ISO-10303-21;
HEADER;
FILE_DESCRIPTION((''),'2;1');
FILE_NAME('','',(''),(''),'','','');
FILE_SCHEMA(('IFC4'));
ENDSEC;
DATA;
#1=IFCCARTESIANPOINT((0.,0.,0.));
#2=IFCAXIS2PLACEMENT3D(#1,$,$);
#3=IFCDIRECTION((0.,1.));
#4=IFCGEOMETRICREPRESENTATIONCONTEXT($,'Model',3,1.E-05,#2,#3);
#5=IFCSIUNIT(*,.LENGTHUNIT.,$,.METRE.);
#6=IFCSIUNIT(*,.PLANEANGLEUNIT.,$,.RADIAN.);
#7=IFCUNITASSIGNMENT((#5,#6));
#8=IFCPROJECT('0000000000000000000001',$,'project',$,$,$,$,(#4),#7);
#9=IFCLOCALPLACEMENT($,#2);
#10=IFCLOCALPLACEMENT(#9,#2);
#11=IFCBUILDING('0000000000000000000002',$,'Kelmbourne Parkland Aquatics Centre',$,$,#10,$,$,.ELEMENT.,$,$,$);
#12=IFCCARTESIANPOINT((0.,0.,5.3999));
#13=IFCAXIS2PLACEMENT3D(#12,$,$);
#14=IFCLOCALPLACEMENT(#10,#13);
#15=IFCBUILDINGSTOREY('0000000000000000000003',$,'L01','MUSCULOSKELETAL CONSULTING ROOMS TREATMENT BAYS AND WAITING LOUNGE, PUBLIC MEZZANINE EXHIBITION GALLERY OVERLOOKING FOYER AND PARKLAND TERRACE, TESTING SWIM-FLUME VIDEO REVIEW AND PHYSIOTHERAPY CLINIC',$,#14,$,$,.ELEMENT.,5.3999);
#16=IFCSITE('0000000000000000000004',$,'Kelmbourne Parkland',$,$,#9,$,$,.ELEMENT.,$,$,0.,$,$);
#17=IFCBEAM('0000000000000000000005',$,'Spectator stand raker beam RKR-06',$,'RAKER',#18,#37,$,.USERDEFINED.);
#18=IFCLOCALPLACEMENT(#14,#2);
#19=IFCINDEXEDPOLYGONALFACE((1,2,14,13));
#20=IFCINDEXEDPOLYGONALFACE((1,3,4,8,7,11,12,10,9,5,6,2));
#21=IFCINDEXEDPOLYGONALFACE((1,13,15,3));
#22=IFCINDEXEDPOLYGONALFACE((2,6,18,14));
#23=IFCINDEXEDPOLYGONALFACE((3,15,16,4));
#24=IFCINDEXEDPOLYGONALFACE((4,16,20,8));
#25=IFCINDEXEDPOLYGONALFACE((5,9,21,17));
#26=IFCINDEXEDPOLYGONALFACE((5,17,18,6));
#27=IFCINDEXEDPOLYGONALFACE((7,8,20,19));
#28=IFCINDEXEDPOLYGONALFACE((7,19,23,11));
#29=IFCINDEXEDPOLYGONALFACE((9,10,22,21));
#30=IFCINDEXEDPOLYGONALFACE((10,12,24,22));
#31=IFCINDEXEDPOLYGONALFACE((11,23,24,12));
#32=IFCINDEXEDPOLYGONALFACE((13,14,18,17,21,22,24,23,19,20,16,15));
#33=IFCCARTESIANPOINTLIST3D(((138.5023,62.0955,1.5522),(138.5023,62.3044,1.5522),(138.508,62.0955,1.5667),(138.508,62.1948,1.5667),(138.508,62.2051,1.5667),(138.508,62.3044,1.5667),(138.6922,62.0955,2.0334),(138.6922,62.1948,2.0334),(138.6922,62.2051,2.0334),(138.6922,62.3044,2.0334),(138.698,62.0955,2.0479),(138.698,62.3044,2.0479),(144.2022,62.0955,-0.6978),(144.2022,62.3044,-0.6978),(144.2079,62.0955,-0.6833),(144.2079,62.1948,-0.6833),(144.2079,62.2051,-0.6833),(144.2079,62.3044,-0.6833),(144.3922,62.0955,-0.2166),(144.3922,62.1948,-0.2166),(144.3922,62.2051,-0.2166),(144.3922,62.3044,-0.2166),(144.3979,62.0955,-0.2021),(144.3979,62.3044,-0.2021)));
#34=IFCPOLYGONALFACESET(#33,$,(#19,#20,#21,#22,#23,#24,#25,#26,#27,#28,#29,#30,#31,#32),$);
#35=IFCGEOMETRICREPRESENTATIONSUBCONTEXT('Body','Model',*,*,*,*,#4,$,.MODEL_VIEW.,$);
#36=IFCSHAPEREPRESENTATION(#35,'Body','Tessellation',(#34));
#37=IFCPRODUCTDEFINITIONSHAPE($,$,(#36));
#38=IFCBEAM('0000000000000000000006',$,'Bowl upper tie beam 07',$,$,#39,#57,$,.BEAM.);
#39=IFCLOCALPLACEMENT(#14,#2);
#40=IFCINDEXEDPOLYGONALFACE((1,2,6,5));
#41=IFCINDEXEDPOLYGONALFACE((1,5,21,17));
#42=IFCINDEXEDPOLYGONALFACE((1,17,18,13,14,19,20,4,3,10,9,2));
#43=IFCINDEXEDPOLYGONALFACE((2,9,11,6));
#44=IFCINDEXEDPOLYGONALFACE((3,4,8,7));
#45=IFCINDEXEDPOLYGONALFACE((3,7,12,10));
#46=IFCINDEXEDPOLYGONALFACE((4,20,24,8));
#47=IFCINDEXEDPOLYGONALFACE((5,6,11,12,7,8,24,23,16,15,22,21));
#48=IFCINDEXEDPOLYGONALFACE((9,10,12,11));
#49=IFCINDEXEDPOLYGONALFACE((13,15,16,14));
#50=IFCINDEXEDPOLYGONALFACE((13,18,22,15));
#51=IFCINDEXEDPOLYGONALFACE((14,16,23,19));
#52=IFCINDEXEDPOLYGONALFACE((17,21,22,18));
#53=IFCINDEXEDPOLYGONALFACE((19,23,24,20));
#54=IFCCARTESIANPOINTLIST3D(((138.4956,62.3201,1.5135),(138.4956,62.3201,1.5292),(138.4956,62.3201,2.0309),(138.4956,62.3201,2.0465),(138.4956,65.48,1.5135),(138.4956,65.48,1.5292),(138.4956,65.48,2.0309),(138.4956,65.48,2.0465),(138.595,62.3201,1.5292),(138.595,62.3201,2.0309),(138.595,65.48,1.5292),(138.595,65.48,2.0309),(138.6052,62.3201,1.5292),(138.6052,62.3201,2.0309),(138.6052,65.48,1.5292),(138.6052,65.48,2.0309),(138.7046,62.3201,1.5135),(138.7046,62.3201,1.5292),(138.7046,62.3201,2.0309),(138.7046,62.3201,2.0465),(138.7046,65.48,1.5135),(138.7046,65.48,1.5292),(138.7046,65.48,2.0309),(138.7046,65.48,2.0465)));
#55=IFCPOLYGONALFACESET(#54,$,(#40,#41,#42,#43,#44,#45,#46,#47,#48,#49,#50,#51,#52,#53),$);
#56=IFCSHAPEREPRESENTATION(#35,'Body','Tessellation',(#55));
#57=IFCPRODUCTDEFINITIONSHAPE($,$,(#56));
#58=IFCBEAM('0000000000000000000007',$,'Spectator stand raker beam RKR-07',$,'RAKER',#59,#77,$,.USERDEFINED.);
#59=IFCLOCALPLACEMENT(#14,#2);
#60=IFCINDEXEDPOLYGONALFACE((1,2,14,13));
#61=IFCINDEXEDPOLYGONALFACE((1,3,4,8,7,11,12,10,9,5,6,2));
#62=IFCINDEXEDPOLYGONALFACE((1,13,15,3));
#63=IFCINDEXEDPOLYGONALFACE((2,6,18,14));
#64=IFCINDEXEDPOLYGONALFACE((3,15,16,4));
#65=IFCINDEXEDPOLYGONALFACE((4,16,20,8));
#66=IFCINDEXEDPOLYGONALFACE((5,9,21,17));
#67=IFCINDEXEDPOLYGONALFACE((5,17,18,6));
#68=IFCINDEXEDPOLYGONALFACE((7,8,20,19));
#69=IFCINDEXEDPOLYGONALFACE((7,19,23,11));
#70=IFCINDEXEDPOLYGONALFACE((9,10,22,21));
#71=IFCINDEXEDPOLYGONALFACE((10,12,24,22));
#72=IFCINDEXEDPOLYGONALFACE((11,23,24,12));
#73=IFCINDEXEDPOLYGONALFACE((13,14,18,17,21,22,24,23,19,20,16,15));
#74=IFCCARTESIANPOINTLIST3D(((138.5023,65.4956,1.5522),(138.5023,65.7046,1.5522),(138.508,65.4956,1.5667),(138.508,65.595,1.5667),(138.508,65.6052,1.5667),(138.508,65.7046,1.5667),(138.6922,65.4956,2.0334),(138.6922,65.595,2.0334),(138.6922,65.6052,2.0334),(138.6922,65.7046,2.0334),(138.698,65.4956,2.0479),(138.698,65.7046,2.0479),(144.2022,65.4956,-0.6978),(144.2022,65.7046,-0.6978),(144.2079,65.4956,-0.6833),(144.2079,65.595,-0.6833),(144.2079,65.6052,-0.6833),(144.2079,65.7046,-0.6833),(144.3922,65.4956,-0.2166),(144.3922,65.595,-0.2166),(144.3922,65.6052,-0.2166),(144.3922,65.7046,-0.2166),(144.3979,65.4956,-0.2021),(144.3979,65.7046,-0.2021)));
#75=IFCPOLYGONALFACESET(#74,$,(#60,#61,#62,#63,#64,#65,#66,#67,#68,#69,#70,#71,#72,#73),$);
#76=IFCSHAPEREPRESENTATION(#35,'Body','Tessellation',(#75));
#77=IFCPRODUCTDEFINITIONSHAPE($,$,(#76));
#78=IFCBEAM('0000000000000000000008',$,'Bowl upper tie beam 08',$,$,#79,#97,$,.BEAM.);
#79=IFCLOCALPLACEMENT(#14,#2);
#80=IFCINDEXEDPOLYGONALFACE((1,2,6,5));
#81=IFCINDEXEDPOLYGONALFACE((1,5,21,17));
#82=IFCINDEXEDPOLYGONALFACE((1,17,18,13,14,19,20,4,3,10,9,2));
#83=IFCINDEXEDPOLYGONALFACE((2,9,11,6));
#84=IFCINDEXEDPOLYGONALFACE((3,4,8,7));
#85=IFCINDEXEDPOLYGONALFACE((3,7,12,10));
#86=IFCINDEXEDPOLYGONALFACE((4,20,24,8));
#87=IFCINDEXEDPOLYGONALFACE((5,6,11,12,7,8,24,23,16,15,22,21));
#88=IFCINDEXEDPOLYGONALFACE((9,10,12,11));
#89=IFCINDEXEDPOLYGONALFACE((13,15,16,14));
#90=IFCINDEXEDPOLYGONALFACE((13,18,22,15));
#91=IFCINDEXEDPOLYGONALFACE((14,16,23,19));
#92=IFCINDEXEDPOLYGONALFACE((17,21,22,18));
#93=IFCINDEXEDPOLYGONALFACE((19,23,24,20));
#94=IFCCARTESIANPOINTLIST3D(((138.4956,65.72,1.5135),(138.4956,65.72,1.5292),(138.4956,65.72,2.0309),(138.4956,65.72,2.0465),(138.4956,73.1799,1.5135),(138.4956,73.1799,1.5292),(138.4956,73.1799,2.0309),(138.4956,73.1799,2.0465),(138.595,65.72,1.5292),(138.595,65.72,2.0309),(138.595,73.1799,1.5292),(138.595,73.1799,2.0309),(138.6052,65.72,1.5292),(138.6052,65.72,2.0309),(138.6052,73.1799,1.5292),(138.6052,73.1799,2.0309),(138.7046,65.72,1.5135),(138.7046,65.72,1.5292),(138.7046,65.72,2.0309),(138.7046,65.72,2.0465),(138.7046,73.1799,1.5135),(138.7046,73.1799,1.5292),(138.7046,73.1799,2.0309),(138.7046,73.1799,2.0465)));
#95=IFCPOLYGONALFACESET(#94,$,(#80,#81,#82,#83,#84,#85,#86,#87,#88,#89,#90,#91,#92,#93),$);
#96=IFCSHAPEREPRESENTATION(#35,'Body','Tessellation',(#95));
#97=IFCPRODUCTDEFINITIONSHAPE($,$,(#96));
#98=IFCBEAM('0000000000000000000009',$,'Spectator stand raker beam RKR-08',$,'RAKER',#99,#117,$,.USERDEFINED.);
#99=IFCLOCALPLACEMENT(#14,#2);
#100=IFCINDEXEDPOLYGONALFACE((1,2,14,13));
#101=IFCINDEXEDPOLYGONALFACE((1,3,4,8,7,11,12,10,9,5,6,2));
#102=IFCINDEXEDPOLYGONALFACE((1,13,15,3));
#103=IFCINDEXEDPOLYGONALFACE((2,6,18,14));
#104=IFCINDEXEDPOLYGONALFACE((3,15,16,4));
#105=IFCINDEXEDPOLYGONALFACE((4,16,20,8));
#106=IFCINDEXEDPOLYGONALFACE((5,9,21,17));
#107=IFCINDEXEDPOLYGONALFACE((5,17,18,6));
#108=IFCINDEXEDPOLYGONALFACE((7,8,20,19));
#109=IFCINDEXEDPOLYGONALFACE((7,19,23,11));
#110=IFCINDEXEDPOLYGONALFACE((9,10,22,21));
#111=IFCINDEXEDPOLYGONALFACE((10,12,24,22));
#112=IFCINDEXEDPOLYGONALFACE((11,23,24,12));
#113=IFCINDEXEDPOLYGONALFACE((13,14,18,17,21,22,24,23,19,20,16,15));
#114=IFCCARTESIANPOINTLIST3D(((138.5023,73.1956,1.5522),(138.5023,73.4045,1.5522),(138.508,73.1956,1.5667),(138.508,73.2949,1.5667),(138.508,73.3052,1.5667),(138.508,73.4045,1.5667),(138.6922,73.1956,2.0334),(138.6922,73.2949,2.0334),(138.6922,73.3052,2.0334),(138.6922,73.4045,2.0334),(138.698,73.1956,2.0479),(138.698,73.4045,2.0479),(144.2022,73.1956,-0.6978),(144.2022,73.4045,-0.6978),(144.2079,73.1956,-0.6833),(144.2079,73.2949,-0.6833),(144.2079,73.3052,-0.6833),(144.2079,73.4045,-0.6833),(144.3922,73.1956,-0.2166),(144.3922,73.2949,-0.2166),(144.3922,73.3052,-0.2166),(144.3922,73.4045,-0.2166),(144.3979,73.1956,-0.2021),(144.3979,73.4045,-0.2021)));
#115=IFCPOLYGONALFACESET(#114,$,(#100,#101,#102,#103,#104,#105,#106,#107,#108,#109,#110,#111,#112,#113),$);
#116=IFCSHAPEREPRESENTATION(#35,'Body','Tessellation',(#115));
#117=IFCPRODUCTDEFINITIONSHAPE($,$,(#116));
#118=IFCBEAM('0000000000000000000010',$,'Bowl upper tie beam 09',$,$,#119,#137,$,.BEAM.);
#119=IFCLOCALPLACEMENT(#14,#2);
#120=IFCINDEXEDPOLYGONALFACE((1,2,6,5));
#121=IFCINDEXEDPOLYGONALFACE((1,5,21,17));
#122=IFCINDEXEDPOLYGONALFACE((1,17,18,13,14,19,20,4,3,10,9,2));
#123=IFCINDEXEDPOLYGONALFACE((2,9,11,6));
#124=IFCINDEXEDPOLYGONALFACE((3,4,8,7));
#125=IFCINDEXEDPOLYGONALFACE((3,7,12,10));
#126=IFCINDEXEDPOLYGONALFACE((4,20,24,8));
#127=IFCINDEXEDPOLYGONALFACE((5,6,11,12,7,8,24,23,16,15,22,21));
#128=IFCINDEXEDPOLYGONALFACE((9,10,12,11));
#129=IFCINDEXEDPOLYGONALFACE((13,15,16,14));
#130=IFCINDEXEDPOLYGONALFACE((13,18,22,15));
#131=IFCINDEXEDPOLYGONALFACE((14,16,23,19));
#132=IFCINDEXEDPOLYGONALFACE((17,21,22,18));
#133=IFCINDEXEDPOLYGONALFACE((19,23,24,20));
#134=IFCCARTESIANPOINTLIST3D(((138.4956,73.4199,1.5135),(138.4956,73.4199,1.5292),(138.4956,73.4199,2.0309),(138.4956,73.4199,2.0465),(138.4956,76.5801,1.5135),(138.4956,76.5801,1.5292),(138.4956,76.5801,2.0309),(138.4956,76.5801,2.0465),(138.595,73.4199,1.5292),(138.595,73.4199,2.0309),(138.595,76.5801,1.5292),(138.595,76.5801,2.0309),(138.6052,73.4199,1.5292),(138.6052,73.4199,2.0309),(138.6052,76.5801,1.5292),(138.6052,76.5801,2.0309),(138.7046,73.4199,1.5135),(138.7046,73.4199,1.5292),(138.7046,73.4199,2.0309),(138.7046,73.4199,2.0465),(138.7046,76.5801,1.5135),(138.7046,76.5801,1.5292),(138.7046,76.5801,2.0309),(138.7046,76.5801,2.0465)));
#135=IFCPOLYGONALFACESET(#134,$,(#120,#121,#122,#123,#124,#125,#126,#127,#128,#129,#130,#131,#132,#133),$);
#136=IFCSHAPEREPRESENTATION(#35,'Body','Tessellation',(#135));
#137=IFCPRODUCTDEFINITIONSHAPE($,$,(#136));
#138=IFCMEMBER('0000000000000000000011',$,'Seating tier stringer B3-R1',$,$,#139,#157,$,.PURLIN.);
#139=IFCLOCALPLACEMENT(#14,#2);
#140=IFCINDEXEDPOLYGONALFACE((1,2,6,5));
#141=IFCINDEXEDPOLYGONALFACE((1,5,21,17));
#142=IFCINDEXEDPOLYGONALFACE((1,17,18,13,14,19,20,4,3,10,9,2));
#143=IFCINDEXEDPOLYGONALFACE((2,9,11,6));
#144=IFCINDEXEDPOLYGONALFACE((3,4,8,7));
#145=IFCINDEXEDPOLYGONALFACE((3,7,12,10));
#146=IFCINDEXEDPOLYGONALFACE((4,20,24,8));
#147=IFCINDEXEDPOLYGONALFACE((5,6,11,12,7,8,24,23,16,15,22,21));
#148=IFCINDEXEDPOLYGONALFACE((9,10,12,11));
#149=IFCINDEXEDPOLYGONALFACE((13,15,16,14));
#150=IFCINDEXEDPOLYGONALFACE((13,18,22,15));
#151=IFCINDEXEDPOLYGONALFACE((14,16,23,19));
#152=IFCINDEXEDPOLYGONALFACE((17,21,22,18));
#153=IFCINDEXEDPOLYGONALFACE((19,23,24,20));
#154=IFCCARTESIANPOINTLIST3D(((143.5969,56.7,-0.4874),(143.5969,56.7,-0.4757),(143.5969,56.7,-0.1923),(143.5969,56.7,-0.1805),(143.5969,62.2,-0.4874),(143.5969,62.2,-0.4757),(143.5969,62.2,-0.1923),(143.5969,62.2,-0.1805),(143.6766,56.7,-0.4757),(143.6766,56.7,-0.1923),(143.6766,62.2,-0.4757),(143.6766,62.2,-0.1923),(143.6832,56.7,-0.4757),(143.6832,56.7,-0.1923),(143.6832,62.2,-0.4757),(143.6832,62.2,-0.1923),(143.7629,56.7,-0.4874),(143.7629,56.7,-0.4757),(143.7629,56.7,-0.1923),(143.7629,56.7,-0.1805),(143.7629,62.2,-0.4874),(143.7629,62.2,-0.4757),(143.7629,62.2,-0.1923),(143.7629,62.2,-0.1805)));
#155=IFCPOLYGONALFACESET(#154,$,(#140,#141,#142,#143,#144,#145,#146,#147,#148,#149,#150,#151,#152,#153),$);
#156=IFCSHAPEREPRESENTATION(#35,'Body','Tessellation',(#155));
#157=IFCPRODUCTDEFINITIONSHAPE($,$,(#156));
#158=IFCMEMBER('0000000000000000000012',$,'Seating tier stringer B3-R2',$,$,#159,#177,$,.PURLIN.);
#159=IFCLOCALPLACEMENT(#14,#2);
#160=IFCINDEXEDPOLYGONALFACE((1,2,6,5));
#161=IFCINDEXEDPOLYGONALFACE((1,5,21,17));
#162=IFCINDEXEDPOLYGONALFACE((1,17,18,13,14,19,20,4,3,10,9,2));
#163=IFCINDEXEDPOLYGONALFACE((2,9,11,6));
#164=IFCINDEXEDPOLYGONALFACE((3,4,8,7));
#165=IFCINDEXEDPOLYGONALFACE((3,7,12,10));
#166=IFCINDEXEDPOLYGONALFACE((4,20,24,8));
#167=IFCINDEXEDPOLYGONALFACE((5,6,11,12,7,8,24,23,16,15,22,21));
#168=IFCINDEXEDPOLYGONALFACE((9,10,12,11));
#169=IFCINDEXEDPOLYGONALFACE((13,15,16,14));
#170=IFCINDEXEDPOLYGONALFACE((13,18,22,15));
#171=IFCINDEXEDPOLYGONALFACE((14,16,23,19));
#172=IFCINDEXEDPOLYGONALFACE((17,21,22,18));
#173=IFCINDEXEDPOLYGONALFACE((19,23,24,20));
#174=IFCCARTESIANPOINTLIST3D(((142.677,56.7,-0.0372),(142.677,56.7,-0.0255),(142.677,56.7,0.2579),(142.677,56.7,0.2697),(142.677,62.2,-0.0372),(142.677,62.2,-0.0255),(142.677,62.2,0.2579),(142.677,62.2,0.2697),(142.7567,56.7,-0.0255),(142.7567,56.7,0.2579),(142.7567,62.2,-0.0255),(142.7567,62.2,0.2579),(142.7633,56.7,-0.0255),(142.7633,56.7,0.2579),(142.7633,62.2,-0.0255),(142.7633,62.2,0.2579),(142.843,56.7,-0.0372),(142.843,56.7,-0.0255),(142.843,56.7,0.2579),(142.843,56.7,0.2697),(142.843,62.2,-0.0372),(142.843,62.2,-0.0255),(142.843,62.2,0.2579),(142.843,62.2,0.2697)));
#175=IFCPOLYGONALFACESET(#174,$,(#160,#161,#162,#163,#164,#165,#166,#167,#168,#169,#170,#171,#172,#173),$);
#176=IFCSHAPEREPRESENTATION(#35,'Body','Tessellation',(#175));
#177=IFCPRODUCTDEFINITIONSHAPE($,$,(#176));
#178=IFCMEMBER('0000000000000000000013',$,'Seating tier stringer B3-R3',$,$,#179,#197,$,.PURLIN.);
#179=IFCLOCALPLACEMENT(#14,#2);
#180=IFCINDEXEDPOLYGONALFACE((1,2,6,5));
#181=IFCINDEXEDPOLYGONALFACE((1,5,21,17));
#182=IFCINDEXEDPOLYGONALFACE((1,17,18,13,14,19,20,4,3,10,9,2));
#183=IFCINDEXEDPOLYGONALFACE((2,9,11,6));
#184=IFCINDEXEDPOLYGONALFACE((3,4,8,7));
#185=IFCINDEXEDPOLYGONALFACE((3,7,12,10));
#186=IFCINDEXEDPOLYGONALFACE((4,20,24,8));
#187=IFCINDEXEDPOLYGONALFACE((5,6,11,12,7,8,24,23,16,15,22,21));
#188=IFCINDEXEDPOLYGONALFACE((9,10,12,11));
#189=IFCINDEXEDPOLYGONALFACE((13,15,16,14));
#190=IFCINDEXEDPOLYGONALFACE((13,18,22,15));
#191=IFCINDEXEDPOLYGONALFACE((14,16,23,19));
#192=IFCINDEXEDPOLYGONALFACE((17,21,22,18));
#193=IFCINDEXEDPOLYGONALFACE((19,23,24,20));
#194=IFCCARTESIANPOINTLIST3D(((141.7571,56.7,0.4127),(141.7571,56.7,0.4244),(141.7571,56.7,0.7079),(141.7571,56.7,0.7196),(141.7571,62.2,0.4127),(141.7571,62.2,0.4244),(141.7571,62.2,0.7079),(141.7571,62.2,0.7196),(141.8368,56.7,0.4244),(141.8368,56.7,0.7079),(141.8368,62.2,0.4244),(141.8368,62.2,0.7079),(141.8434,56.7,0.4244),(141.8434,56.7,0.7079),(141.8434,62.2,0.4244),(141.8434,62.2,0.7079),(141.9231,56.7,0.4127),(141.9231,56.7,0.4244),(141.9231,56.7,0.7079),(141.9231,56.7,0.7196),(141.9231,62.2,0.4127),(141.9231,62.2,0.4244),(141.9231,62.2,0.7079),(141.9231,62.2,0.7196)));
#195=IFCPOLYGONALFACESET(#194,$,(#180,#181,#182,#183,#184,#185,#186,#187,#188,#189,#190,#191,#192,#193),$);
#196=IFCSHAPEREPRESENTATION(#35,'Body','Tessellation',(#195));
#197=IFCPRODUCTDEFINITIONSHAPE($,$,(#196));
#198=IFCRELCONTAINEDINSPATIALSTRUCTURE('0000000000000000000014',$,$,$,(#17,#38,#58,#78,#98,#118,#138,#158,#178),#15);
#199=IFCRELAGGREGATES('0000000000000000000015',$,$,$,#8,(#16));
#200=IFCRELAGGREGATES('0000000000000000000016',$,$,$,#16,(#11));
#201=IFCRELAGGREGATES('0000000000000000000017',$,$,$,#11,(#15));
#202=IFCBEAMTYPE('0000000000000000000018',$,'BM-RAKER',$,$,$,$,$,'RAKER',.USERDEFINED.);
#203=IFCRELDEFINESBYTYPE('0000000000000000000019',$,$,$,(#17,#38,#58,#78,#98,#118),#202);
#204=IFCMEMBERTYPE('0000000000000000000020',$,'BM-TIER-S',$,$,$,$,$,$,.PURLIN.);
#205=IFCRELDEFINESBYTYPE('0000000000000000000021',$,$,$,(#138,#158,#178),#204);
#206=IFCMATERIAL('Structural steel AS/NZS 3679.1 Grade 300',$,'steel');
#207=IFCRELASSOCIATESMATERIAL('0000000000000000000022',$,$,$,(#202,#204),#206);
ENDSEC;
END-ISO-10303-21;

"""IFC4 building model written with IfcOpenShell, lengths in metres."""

from ifc_helpers import new_model, si_unit, direction, frame, origin, origin_2d, place, context, subcontext, project, spatial, i_section, extrude, material, material_profile, profile_set, type_object, element, save


model = new_model("IFC4")

# Units and contexts
model_context = context("Model", 3, precision=1e-05, world=origin(), true_north=direction((0.0, 1.0)))
body_context = subcontext(model_context, "Body", "Model", "MODEL_VIEW")
ifc_project = project(units=[si_unit("LENGTHUNIT", "METRE"), si_unit("PLANEANGLEUNIT", "RADIAN")], contexts=[model_context])

# Site, building, storey
site_placement = place(None, origin())
site = spatial("IfcSite", under=ifc_project, at=site_placement, Name="Kelmbourne Parkland", CompositionType="ELEMENT", RefElevation=0.0)
building_placement = place(site_placement, origin())
building = spatial("IfcBuilding", under=site, at=building_placement, Name="Kelmbourne Parkland Aquatics Centre", CompositionType="ELEMENT")
storey_placement = place(building_placement, frame((0.0, 0.0, 5.3999)))
storey = spatial("IfcBuildingStorey", under=building, at=storey_placement, Name="L01", Description="MUSCULOSKELETAL CONSULTING ROOMS TREATMENT BAYS AND WAITING LOUNGE, PUBLIC MEZZANINE EXHIBITION GALLERY OVERLOOKING FOYER AND PARKLAND TERRACE, TESTING SWIM-FLUME VIDEO REVIEW AND PHYSIOTHERAPY CLINIC", CompositionType="ELEMENT", Elevation=5.3999)

# Shared definitions
ifc_material_1 = material(Name="Structural steel AS/NZS 3679.1 Grade 300", Category="steel")

# Beams
ifc_material_profile_1 = material_profile(ifc_material_1, i_section(OverallWidth=0.209, OverallDepth=0.533, WebThickness=0.0103, FlangeThickness=0.0156, at=origin_2d()), Name="530UB92.4")
ifc_profile_set_1 = profile_set([ifc_material_profile_1], Name="Structural steel AS/NZS 3679.1 Grade 300")
beam_type = type_object("IfcBeamType", Name="BM-RAKER", ElementType="RAKER", PredefinedType="USERDEFINED", material=ifc_profile_set_1)
for number, where, z_axis, x_axis, name in (
    (1, (144.3, 62.2, -0.45), (-0.930154, 0.0, 0.367169), (0.0, -1.0, 0.0), "Spectator stand raker beam RKR-06"),
):
    element("IfcBeam", number, at=place(storey_placement, frame(where, z_axis=z_axis, x_axis=x_axis)), inside=storey, type_object=beam_type, Name=name, ObjectType="RAKER", PredefinedType="USERDEFINED", context=body_context, shape_type="SweptSolid", body=[
        extrude(i_section(OverallWidth=0.209, OverallDepth=0.533, WebThickness=0.0103, FlangeThickness=0.0156, at=origin_2d()), origin(), (0.0, 0.0, 1.0), 6.1279),
    ])
beam_1_placement = place(storey_placement, frame((138.6001, 62.3201, 1.78), z_axis=(0.0, 1.0, 0.0), x_axis=(-1.0, 0.0, 0.0)))
element("IfcBeam", 2, at=beam_1_placement, inside=storey, type_object=beam_type, Name="Bowl upper tie beam 07", PredefinedType="BEAM", context=body_context, shape_type="SweptSolid", body=[
    extrude(i_section(OverallWidth=0.209, OverallDepth=0.533, WebThickness=0.0103, FlangeThickness=0.0156, at=origin_2d()), origin(), (0.0, 0.0, 1.0), 3.1599),
])
beam_2_placement = place(storey_placement, frame((144.3, 65.6001, -0.45), z_axis=(-0.930154, 0.0, 0.367169), x_axis=(0.0, -1.0, 0.0)))
element("IfcBeam", 3, at=beam_2_placement, inside=storey, type_object=beam_type, Name="Spectator stand raker beam RKR-07", ObjectType="RAKER", PredefinedType="USERDEFINED", context=body_context, shape_type="SweptSolid", body=[
    extrude(i_section(OverallWidth=0.209, OverallDepth=0.533, WebThickness=0.0103, FlangeThickness=0.0156, at=origin_2d()), origin(), (0.0, 0.0, 1.0), 6.1279),
])
beam_3_placement = place(storey_placement, frame((138.6001, 65.72, 1.78), z_axis=(0.0, 1.0, 0.0), x_axis=(-1.0, 0.0, 0.0)))
element("IfcBeam", 4, at=beam_3_placement, inside=storey, type_object=beam_type, Name="Bowl upper tie beam 08", PredefinedType="BEAM", context=body_context, shape_type="SweptSolid", body=[
    extrude(i_section(OverallWidth=0.209, OverallDepth=0.533, WebThickness=0.0103, FlangeThickness=0.0156, at=origin_2d()), origin(), (0.0, 0.0, 1.0), 7.46),
])
beam_4_placement = place(storey_placement, frame((144.3, 73.3, -0.45), z_axis=(-0.930154, 0.0, 0.367169), x_axis=(0.0, -1.0, 0.0)))
element("IfcBeam", 5, at=beam_4_placement, inside=storey, type_object=beam_type, Name="Spectator stand raker beam RKR-08", ObjectType="RAKER", PredefinedType="USERDEFINED", context=body_context, shape_type="SweptSolid", body=[
    extrude(i_section(OverallWidth=0.209, OverallDepth=0.533, WebThickness=0.0103, FlangeThickness=0.0156, at=origin_2d()), origin(), (0.0, 0.0, 1.0), 6.1279),
])
beam_5_placement = place(storey_placement, frame((138.6001, 73.4199, 1.78), z_axis=(0.0, 1.0, 0.0), x_axis=(-1.0, 0.0, 0.0)))
element("IfcBeam", 6, at=beam_5_placement, inside=storey, type_object=beam_type, Name="Bowl upper tie beam 09", PredefinedType="BEAM", context=body_context, shape_type="SweptSolid", body=[
    extrude(i_section(OverallWidth=0.209, OverallDepth=0.533, WebThickness=0.0103, FlangeThickness=0.0156, at=origin_2d()), origin(), (0.0, 0.0, 1.0), 3.1602),
])

# Members
ifc_material_profile_2 = material_profile(ifc_material_1, i_section(OverallWidth=0.166, OverallDepth=0.3069, WebThickness=0.0066, FlangeThickness=0.0117, at=origin_2d()), Name="310UB46.2")
ifc_profile_set_2 = profile_set([ifc_material_profile_2], Name="Structural steel AS/NZS 3679.1 Grade 300")
member_type = type_object("IfcMemberType", Name="BM-TIER-S", PredefinedType="PURLIN", material=ifc_profile_set_2)
for number, where, z_axis, x_axis, name in (
    (7, (143.6799, 56.7, -0.334), (0.0, 1.0, 0.0), (-1.0, 0.0, 0.0), "Seating tier stringer B3-R1"),
    (8, (142.76, 56.7, 0.1162), (0.0, 1.0, 0.0), (-1.0, 0.0, 0.0), "Seating tier stringer B3-R2"),
    (9, (141.8401, 56.7, 0.5662), (0.0, 1.0, 0.0), (-1.0, 0.0, 0.0), "Seating tier stringer B3-R3"),
):
    element("IfcMember", number, at=place(storey_placement, frame(where, z_axis=z_axis, x_axis=x_axis)), inside=storey, type_object=member_type, Name=name, PredefinedType="PURLIN", context=body_context, shape_type="SweptSolid", body=[
        extrude(i_section(OverallWidth=0.166, OverallDepth=0.3069, WebThickness=0.0066, FlangeThickness=0.0117, at=origin_2d()), origin(), (0.0, 0.0, 1.0), 5.5),
    ])

save(model, "model.ifc")
